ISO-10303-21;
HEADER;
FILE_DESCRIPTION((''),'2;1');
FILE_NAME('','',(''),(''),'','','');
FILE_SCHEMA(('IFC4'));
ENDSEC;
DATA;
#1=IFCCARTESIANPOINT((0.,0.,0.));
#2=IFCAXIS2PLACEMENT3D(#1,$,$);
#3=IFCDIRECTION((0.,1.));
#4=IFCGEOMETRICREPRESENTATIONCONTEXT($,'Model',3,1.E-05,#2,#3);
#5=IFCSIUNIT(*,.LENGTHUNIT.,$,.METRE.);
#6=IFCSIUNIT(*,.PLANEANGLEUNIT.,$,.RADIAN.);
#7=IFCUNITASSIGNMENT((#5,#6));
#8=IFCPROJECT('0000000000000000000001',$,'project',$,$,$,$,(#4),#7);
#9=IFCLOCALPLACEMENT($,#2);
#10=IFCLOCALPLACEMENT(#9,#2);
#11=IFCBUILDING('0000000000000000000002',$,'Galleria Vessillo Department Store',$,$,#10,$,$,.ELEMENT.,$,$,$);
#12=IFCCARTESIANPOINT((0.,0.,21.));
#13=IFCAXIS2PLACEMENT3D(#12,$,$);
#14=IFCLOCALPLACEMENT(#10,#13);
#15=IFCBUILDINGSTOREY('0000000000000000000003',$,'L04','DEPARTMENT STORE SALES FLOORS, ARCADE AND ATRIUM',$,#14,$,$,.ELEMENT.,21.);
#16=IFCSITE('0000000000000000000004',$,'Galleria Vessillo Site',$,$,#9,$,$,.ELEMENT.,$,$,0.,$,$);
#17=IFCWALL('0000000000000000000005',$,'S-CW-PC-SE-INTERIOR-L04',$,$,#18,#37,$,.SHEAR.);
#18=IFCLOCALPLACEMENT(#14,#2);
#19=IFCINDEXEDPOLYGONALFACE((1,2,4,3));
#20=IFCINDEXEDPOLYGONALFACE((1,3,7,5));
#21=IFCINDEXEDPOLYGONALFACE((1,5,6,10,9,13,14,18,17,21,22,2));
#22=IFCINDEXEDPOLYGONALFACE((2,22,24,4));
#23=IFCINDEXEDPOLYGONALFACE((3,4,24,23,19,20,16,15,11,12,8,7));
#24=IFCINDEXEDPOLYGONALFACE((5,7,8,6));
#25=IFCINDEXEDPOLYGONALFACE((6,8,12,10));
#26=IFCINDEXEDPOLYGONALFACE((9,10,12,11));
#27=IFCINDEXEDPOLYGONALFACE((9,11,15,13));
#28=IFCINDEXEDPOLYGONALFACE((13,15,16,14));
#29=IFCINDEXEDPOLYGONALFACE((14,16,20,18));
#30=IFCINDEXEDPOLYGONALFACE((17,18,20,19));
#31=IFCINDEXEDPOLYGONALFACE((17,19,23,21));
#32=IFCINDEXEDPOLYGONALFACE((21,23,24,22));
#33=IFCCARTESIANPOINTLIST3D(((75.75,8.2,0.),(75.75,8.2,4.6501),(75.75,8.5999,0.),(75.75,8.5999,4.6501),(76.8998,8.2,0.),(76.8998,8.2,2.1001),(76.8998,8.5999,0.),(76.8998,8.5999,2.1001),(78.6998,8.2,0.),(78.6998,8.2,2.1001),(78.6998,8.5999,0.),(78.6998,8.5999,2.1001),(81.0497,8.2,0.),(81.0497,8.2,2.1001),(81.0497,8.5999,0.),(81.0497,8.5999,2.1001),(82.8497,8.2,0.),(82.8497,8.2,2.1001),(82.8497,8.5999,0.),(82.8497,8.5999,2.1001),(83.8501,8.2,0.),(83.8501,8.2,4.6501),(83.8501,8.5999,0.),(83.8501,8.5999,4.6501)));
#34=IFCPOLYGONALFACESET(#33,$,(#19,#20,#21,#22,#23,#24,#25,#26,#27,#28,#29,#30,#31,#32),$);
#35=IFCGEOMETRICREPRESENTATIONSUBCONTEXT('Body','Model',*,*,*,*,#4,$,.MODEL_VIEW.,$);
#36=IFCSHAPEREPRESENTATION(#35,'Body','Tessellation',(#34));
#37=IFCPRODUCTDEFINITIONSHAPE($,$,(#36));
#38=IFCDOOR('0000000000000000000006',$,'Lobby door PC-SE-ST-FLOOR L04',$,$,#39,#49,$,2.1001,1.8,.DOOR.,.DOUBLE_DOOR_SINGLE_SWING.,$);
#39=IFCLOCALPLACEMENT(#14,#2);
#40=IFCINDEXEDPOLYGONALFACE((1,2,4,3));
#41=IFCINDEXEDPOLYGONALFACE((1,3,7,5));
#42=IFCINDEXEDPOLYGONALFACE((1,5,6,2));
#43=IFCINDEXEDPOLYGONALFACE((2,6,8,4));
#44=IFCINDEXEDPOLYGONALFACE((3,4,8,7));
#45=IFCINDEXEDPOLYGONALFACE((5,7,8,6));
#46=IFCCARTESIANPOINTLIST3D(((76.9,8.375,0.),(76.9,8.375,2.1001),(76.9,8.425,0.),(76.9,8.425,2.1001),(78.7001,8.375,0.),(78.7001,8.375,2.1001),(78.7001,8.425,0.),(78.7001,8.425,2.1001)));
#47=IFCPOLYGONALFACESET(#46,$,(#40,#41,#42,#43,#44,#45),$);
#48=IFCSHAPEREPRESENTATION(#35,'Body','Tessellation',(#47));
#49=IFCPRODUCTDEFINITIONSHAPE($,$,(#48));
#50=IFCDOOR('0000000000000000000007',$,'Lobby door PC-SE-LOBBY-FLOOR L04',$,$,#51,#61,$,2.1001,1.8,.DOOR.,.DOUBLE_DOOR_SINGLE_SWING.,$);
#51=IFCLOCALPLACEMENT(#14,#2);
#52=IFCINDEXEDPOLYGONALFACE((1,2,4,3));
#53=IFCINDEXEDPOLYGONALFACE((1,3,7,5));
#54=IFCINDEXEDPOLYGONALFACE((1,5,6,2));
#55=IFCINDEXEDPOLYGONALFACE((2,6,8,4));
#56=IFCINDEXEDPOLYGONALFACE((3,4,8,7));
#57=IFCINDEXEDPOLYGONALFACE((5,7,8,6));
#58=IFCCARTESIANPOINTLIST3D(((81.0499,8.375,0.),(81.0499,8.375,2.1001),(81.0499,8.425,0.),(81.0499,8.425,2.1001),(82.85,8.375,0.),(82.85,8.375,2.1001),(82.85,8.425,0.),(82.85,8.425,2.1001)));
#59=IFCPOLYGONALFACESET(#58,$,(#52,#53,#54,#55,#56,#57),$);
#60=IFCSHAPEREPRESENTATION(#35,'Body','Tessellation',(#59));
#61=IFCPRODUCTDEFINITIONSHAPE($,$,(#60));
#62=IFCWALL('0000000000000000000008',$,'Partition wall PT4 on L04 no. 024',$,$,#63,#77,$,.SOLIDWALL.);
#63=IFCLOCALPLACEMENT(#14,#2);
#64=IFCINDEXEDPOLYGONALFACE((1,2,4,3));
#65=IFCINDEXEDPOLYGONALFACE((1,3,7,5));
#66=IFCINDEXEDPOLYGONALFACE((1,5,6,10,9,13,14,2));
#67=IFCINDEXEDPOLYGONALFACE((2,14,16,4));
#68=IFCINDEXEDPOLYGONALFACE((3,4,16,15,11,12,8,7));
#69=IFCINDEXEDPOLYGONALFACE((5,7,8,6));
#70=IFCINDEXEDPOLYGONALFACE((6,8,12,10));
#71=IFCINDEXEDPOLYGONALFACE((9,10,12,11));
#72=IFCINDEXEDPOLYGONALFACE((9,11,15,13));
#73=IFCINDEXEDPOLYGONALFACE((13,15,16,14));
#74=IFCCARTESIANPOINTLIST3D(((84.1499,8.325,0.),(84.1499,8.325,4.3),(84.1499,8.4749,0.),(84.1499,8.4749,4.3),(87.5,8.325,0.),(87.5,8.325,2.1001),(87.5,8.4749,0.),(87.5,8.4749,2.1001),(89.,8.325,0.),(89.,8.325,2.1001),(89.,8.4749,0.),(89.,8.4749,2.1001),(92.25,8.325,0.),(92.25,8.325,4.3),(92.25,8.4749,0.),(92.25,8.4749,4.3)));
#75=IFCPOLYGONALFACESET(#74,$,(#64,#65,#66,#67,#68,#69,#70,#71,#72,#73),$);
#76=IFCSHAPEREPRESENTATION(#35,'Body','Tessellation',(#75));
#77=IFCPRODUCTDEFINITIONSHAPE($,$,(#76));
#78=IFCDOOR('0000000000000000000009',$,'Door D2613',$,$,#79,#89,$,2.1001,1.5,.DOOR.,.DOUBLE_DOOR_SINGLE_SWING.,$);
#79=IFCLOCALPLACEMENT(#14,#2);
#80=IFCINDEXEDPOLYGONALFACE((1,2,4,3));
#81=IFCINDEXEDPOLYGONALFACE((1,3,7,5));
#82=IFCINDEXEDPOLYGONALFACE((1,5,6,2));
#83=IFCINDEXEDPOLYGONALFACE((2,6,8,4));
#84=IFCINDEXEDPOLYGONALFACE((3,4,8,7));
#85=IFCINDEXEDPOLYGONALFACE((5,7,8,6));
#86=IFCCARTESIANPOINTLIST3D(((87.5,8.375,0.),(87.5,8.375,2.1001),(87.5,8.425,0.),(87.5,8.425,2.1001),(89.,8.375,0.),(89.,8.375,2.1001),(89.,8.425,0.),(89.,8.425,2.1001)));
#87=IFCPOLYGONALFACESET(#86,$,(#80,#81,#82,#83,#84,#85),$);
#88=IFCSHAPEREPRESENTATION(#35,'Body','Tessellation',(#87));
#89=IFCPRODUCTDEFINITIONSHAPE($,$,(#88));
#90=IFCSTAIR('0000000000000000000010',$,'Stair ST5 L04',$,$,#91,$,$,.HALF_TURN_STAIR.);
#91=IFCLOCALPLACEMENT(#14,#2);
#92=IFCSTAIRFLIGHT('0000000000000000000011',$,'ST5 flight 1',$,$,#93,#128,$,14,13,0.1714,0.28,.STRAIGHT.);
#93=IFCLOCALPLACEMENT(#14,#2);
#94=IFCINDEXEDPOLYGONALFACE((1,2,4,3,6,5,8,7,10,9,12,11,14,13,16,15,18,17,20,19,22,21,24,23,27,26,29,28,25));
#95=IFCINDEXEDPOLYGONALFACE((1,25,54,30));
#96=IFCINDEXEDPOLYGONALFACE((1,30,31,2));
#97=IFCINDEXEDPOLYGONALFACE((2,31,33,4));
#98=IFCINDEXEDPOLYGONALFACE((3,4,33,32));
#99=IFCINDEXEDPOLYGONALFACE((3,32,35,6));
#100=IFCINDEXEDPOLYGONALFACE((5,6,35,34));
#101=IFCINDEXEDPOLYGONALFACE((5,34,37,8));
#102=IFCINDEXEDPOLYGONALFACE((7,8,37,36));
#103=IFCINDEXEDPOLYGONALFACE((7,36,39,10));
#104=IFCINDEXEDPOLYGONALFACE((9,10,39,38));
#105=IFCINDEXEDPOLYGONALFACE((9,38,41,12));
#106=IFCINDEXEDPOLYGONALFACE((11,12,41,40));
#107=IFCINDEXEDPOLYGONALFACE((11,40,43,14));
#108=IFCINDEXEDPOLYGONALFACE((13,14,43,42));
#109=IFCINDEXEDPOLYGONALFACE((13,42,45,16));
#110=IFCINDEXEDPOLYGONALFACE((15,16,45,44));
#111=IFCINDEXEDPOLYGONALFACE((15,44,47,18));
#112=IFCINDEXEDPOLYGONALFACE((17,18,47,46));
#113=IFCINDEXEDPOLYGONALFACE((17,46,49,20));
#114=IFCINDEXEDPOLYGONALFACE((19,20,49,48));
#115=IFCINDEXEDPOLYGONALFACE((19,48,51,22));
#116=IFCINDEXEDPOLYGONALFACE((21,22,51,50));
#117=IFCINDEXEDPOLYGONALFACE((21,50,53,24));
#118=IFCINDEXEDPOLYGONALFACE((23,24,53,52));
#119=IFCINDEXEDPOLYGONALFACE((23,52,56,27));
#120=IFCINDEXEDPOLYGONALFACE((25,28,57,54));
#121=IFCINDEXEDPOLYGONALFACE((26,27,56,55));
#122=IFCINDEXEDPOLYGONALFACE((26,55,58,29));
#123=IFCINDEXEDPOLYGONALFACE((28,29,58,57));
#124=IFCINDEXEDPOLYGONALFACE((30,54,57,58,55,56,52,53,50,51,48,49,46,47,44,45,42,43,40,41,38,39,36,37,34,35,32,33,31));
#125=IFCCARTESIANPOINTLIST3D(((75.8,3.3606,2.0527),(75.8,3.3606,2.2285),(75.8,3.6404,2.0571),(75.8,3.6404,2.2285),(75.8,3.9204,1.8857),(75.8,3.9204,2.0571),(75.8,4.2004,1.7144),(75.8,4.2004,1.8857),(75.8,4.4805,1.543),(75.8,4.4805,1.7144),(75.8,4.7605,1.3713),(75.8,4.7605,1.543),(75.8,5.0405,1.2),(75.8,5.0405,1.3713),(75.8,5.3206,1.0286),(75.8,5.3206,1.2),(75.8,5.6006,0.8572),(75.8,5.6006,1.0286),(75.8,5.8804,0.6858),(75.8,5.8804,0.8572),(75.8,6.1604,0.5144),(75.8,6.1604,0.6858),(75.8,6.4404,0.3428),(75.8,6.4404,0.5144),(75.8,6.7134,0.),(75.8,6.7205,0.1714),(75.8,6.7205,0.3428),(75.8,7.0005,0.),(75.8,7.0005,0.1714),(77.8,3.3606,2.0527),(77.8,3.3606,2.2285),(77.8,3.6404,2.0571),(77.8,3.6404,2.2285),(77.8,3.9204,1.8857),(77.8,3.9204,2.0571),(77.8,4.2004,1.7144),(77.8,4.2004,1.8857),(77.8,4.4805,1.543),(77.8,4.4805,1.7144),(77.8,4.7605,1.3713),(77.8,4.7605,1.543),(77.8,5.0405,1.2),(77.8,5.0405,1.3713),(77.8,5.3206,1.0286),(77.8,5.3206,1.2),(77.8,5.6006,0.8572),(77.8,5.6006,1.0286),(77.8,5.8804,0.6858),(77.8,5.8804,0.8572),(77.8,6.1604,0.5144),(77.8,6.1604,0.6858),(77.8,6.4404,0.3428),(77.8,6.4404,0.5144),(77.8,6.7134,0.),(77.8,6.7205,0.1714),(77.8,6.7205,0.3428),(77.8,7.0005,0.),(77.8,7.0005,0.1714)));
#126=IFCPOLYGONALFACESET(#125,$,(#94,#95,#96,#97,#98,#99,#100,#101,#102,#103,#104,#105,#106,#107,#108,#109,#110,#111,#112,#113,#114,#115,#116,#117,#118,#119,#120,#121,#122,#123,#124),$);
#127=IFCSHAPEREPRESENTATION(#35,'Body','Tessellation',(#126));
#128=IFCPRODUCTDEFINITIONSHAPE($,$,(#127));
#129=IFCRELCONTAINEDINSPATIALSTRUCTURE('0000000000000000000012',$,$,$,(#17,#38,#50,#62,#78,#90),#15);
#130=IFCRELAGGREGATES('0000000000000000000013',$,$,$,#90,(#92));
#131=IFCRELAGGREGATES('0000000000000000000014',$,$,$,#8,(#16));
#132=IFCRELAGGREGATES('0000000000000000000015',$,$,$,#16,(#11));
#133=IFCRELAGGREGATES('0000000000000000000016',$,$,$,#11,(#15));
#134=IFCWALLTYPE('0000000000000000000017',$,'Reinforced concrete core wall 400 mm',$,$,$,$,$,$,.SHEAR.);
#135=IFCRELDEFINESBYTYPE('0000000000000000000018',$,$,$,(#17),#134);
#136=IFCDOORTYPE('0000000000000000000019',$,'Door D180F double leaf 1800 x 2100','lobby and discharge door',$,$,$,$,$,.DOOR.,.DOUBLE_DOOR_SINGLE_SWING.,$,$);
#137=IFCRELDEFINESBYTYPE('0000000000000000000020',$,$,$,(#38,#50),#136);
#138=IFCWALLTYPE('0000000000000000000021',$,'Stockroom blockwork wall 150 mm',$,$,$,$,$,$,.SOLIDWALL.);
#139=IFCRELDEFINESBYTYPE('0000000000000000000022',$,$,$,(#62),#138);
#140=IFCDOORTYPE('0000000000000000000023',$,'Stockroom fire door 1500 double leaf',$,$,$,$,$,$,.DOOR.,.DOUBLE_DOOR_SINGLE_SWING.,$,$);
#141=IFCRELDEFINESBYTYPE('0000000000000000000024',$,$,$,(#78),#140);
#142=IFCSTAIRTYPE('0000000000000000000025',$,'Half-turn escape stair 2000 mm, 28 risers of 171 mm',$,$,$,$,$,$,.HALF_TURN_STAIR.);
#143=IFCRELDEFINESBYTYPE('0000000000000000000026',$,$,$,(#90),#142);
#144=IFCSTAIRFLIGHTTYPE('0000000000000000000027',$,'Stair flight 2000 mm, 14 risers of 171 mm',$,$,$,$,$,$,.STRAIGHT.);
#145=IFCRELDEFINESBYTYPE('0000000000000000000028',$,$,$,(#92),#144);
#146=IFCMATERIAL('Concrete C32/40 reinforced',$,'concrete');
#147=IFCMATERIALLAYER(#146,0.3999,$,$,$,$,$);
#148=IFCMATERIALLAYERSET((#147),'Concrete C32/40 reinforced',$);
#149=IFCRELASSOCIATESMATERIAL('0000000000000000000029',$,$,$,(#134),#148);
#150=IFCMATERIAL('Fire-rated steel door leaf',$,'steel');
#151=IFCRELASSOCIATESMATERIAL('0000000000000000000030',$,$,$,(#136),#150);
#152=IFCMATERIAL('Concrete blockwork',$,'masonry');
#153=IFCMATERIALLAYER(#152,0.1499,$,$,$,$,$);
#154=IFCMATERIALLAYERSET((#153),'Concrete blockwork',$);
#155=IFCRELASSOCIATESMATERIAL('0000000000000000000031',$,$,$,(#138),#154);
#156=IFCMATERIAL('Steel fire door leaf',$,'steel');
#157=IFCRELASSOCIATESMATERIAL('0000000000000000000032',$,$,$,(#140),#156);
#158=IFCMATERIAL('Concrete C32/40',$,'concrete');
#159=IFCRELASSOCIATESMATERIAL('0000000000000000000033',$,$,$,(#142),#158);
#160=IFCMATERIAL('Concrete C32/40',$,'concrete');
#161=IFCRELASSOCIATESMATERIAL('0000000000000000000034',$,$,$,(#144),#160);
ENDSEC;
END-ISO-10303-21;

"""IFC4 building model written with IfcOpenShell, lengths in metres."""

from ifc_helpers import new_model, si_unit, direction, frame, frame_2d, origin, place, context, subcontext, project, spatial, polyline, rectangle, outline, extrude, material, layer, layer_set, type_object, element, fill, aggregate, save


model = new_model("IFC4")

# Units and contexts
model_context = context("Model", 3, precision=1e-05, world=origin(), true_north=direction((0.0, 1.0)))
body_context = subcontext(model_context, "Body", "Model", "MODEL_VIEW")
ifc_project = project(units=[si_unit("LENGTHUNIT", "METRE"), si_unit("PLANEANGLEUNIT", "RADIAN")], contexts=[model_context])

# Site, building, storey
site_placement = place(None, origin())
site = spatial("IfcSite", under=ifc_project, at=site_placement, Name="Galleria Vessillo Site", CompositionType="ELEMENT", RefElevation=0.0)
building_placement = place(site_placement, origin())
building = spatial("IfcBuilding", under=site, at=building_placement, Name="Galleria Vessillo Department Store", CompositionType="ELEMENT")
storey_placement = place(building_placement, frame((0.0, 0.0, 21.0)))
storey = spatial("IfcBuildingStorey", under=building, at=storey_placement, Name="L04", Description="DEPARTMENT STORE SALES FLOORS, ARCADE AND ATRIUM", CompositionType="ELEMENT", Elevation=21.0)

# Wall, openings, doors
ifc_material_1 = material(Name="Concrete C32/40 reinforced", Category="concrete")
ifc_layer_1 = layer(ifc_material_1, 0.3999)
ifc_layer_set_1 = layer_set([ifc_layer_1], Name="Concrete C32/40 reinforced")
wall_type_1 = type_object("IfcWallType", Name="Reinforced concrete core wall 400 mm", PredefinedType="SHEAR", material=ifc_layer_set_1)
wall_1_placement = place(storey_placement, frame((75.75, 8.3999, 0.0), z_axis=(0.0, 0.0, 1.0), x_axis=(1.0, 0.0, 0.0)))
wall_1 = element("IfcWall", 1, at=wall_1_placement, inside=storey, type_object=wall_type_1, Name="S-CW-PC-SE-INTERIOR-L04", PredefinedType="SHEAR", context=body_context, shape_type="SweptSolid", body=[
    extrude(rectangle(XDim=8.1001, YDim=0.3999, at=frame_2d((4.05, 0.0))), origin(), (0.0, 0.0, 1.0), 4.6501),
])
opening_1_placement = place(wall_1_placement, frame((1.1499, 0.0, 0.0)))
opening_1 = element("IfcOpeningElement", 2, at=opening_1_placement, cuts=wall_1, PredefinedType="OPENING", context=body_context, shape_type="SweptSolid", body=[
    extrude(rectangle(XDim=1.8, YDim=2.1001, at=frame_2d((0.8999, 1.05))), frame((0.0, 0.21, 0.0), z_axis=(0.0, -1.0, 0.0), x_axis=(1.0, 0.0, 0.0)), (0.0, 0.0, 1.0), 0.4199),
])
opening_2_placement = place(wall_1_placement, frame((5.2998, 0.0, 0.0)))
opening_2 = element("IfcOpeningElement", 3, at=opening_2_placement, cuts=wall_1, PredefinedType="OPENING", context=body_context, shape_type="SweptSolid", body=[
    extrude(rectangle(XDim=1.8, YDim=2.1001, at=frame_2d((0.8999, 1.05))), frame((0.0, 0.21, 0.0), z_axis=(0.0, -1.0, 0.0), x_axis=(1.0, 0.0, 0.0)), (0.0, 0.0, 1.0), 0.4199),
])
ifc_material_2 = material(Name="Fire-rated steel door leaf", Category="steel")
door_type_1 = type_object("IfcDoorType", Name="Door D180F double leaf 1800 x 2100", Description="lobby and discharge door", OperationType="DOUBLE_DOOR_SINGLE_SWING", PredefinedType="DOOR", material=ifc_material_2)
door_1_placement = place(opening_1_placement, frame((1.8, 0.0, 0.0), z_axis=(0.0, 0.0, 1.0), x_axis=(-1.0, 0.0, 0.0)))
door_1 = element("IfcDoor", 4, at=door_1_placement, inside=storey, type_object=door_type_1, Name="Lobby door PC-SE-ST-FLOOR L04", OperationType="DOUBLE_DOOR_SINGLE_SWING", OverallHeight=2.1001, OverallWidth=1.8, PredefinedType="DOOR", context=body_context, shape_type="SweptSolid", body=[
    extrude(rectangle(XDim=1.8, YDim=2.1001, at=frame_2d((0.8999, 1.05))), frame((0.0, 0.0249, 0.0), z_axis=(0.0, -1.0, 0.0), x_axis=(1.0, 0.0, 0.0)), (0.0, 0.0, 1.0), 0.05),
])
fill(opening_1, door_1)
door_2_placement = place(opening_2_placement, frame((1.8, 0.0, 0.0), z_axis=(0.0, 0.0, 1.0), x_axis=(-1.0, 0.0, 0.0)))
door_2 = element("IfcDoor", 5, at=door_2_placement, inside=storey, type_object=door_type_1, Name="Lobby door PC-SE-LOBBY-FLOOR L04", OperationType="DOUBLE_DOOR_SINGLE_SWING", OverallHeight=2.1001, OverallWidth=1.8, PredefinedType="DOOR", context=body_context, shape_type="SweptSolid", body=[
    extrude(rectangle(XDim=1.8, YDim=2.1001, at=frame_2d((0.8999, 1.05))), frame((0.0, 0.0249, 0.0), z_axis=(0.0, -1.0, 0.0), x_axis=(1.0, 0.0, 0.0)), (0.0, 0.0, 1.0), 0.05),
])
fill(opening_2, door_2)

# Wall, opening, door
ifc_material_3 = material(Name="Concrete blockwork", Category="masonry")
ifc_layer_2 = layer(ifc_material_3, 0.1499)
ifc_layer_set_2 = layer_set([ifc_layer_2], Name="Concrete blockwork")
wall_type_2 = type_object("IfcWallType", Name="Stockroom blockwork wall 150 mm", PredefinedType="SOLIDWALL", material=ifc_layer_set_2)
wall_2_placement = place(storey_placement, frame((84.1499, 8.3999, 0.0), z_axis=(0.0, 0.0, 1.0), x_axis=(1.0, 0.0, 0.0)))
wall_2 = element("IfcWall", 6, at=wall_2_placement, inside=storey, type_object=wall_type_2, Name="Partition wall PT4 on L04 no. 024", PredefinedType="SOLIDWALL", context=body_context, shape_type="SweptSolid", body=[
    extrude(rectangle(XDim=8.1001, YDim=0.1499, at=frame_2d((4.05, 0.0))), origin(), (0.0, 0.0, 1.0), 4.3),
])
opening_3_placement = place(wall_2_placement, frame((3.3501, 0.0, 0.0)))
opening_3 = element("IfcOpeningElement", 7, at=opening_3_placement, cuts=wall_2, PredefinedType="OPENING", context=body_context, shape_type="SweptSolid", body=[
    extrude(rectangle(XDim=1.5, YDim=2.1001, at=frame_2d((0.75, 1.05))), frame((0.0, 0.085, 0.0), z_axis=(0.0, -1.0, 0.0), x_axis=(1.0, 0.0, 0.0)), (0.0, 0.0, 1.0), 0.1699),
])
ifc_material_4 = material(Name="Steel fire door leaf", Category="steel")
door_type_2 = type_object("IfcDoorType", Name="Stockroom fire door 1500 double leaf", OperationType="DOUBLE_DOOR_SINGLE_SWING", PredefinedType="DOOR", material=ifc_material_4)
door_3_placement = place(opening_3_placement, frame((1.5, 0.0, 0.0), z_axis=(0.0, 0.0, 1.0), x_axis=(-1.0, 0.0, 0.0)))
door_3 = element("IfcDoor", 8, at=door_3_placement, inside=storey, type_object=door_type_2, Name="Door D2613", OperationType="DOUBLE_DOOR_SINGLE_SWING", OverallHeight=2.1001, OverallWidth=1.5, PredefinedType="DOOR", context=body_context, shape_type="SweptSolid", body=[
    extrude(rectangle(XDim=1.5, YDim=2.1001, at=frame_2d((0.75, 1.05))), frame((0.0, 0.0249, 0.0), z_axis=(0.0, -1.0, 0.0), x_axis=(1.0, 0.0, 0.0)), (0.0, 0.0, 1.0), 0.05),
])
fill(opening_3, door_3)

# Stair, stair flight
ifc_material_5 = material(Name="Concrete C32/40", Category="concrete")
stair_type = type_object("IfcStairType", Name="Half-turn escape stair 2000 mm, 28 risers of 171 mm", PredefinedType="HALF_TURN_STAIR", material=ifc_material_5)
stair_placement = place(storey_placement, origin())
stair = element("IfcStair", 9, at=stair_placement, inside=storey, type_object=stair_type, Name="Stair ST5 L04", PredefinedType="HALF_TURN_STAIR")
ifc_material_6 = material(Name="Concrete C32/40", Category="concrete")
stair_flight_type = type_object("IfcStairFlightType", Name="Stair flight 2000 mm, 14 risers of 171 mm", PredefinedType="STRAIGHT", material=ifc_material_6)
stair_flight_placement = place(storey_placement, frame((76.8, 7.0005, 0.0), z_axis=(0.0, 0.0, 1.0), x_axis=(0.0, -1.0, 0.0)))
stair_flight = element("IfcStairFlight", 10, at=stair_flight_placement, type_object=stair_flight_type, Name="ST5 flight 1", NumberOfRisers=14, NumberOfTreads=13, PredefinedType="STRAIGHT", RiserHeight=0.1714, TreadLength=0.28, context=body_context, shape_type="SweptSolid", body=[
    extrude(outline(polyline([(0.0, 0.0), (0.0, 0.1714), (0.28, 0.1714), (0.28, 0.3428), (0.5601, 0.3428), (0.5601, 0.5144), (0.8401, 0.5144), (0.8401, 0.6858), (1.1201, 0.6858), (1.1201, 0.8572), (1.3999, 0.8572), (1.3999, 1.0286), (1.6799, 1.0286), (1.6799, 1.2), (1.96, 1.2), (1.96, 1.3713), (2.24, 1.3713), (2.24, 1.543), (2.52, 1.543), (2.52, 1.7144), (2.8, 1.7144), (2.8, 1.8857), (3.0801, 1.8857), (3.0801, 2.0571), (3.3601, 2.0571), (3.3601, 2.2285), (3.6399, 2.2285), (3.6399, 2.3999), (3.6399, 2.0527), (0.2871, 0.0), (0.0, 0.0)])), frame((0.0, 1.0, 0.0), z_axis=(0.0, -1.0, 0.0), x_axis=(1.0, 0.0, 0.0)), (0.0, 0.0, 1.0), 2.0),
])
aggregate(stair, [stair_flight])

save(model, "model.ifc")
